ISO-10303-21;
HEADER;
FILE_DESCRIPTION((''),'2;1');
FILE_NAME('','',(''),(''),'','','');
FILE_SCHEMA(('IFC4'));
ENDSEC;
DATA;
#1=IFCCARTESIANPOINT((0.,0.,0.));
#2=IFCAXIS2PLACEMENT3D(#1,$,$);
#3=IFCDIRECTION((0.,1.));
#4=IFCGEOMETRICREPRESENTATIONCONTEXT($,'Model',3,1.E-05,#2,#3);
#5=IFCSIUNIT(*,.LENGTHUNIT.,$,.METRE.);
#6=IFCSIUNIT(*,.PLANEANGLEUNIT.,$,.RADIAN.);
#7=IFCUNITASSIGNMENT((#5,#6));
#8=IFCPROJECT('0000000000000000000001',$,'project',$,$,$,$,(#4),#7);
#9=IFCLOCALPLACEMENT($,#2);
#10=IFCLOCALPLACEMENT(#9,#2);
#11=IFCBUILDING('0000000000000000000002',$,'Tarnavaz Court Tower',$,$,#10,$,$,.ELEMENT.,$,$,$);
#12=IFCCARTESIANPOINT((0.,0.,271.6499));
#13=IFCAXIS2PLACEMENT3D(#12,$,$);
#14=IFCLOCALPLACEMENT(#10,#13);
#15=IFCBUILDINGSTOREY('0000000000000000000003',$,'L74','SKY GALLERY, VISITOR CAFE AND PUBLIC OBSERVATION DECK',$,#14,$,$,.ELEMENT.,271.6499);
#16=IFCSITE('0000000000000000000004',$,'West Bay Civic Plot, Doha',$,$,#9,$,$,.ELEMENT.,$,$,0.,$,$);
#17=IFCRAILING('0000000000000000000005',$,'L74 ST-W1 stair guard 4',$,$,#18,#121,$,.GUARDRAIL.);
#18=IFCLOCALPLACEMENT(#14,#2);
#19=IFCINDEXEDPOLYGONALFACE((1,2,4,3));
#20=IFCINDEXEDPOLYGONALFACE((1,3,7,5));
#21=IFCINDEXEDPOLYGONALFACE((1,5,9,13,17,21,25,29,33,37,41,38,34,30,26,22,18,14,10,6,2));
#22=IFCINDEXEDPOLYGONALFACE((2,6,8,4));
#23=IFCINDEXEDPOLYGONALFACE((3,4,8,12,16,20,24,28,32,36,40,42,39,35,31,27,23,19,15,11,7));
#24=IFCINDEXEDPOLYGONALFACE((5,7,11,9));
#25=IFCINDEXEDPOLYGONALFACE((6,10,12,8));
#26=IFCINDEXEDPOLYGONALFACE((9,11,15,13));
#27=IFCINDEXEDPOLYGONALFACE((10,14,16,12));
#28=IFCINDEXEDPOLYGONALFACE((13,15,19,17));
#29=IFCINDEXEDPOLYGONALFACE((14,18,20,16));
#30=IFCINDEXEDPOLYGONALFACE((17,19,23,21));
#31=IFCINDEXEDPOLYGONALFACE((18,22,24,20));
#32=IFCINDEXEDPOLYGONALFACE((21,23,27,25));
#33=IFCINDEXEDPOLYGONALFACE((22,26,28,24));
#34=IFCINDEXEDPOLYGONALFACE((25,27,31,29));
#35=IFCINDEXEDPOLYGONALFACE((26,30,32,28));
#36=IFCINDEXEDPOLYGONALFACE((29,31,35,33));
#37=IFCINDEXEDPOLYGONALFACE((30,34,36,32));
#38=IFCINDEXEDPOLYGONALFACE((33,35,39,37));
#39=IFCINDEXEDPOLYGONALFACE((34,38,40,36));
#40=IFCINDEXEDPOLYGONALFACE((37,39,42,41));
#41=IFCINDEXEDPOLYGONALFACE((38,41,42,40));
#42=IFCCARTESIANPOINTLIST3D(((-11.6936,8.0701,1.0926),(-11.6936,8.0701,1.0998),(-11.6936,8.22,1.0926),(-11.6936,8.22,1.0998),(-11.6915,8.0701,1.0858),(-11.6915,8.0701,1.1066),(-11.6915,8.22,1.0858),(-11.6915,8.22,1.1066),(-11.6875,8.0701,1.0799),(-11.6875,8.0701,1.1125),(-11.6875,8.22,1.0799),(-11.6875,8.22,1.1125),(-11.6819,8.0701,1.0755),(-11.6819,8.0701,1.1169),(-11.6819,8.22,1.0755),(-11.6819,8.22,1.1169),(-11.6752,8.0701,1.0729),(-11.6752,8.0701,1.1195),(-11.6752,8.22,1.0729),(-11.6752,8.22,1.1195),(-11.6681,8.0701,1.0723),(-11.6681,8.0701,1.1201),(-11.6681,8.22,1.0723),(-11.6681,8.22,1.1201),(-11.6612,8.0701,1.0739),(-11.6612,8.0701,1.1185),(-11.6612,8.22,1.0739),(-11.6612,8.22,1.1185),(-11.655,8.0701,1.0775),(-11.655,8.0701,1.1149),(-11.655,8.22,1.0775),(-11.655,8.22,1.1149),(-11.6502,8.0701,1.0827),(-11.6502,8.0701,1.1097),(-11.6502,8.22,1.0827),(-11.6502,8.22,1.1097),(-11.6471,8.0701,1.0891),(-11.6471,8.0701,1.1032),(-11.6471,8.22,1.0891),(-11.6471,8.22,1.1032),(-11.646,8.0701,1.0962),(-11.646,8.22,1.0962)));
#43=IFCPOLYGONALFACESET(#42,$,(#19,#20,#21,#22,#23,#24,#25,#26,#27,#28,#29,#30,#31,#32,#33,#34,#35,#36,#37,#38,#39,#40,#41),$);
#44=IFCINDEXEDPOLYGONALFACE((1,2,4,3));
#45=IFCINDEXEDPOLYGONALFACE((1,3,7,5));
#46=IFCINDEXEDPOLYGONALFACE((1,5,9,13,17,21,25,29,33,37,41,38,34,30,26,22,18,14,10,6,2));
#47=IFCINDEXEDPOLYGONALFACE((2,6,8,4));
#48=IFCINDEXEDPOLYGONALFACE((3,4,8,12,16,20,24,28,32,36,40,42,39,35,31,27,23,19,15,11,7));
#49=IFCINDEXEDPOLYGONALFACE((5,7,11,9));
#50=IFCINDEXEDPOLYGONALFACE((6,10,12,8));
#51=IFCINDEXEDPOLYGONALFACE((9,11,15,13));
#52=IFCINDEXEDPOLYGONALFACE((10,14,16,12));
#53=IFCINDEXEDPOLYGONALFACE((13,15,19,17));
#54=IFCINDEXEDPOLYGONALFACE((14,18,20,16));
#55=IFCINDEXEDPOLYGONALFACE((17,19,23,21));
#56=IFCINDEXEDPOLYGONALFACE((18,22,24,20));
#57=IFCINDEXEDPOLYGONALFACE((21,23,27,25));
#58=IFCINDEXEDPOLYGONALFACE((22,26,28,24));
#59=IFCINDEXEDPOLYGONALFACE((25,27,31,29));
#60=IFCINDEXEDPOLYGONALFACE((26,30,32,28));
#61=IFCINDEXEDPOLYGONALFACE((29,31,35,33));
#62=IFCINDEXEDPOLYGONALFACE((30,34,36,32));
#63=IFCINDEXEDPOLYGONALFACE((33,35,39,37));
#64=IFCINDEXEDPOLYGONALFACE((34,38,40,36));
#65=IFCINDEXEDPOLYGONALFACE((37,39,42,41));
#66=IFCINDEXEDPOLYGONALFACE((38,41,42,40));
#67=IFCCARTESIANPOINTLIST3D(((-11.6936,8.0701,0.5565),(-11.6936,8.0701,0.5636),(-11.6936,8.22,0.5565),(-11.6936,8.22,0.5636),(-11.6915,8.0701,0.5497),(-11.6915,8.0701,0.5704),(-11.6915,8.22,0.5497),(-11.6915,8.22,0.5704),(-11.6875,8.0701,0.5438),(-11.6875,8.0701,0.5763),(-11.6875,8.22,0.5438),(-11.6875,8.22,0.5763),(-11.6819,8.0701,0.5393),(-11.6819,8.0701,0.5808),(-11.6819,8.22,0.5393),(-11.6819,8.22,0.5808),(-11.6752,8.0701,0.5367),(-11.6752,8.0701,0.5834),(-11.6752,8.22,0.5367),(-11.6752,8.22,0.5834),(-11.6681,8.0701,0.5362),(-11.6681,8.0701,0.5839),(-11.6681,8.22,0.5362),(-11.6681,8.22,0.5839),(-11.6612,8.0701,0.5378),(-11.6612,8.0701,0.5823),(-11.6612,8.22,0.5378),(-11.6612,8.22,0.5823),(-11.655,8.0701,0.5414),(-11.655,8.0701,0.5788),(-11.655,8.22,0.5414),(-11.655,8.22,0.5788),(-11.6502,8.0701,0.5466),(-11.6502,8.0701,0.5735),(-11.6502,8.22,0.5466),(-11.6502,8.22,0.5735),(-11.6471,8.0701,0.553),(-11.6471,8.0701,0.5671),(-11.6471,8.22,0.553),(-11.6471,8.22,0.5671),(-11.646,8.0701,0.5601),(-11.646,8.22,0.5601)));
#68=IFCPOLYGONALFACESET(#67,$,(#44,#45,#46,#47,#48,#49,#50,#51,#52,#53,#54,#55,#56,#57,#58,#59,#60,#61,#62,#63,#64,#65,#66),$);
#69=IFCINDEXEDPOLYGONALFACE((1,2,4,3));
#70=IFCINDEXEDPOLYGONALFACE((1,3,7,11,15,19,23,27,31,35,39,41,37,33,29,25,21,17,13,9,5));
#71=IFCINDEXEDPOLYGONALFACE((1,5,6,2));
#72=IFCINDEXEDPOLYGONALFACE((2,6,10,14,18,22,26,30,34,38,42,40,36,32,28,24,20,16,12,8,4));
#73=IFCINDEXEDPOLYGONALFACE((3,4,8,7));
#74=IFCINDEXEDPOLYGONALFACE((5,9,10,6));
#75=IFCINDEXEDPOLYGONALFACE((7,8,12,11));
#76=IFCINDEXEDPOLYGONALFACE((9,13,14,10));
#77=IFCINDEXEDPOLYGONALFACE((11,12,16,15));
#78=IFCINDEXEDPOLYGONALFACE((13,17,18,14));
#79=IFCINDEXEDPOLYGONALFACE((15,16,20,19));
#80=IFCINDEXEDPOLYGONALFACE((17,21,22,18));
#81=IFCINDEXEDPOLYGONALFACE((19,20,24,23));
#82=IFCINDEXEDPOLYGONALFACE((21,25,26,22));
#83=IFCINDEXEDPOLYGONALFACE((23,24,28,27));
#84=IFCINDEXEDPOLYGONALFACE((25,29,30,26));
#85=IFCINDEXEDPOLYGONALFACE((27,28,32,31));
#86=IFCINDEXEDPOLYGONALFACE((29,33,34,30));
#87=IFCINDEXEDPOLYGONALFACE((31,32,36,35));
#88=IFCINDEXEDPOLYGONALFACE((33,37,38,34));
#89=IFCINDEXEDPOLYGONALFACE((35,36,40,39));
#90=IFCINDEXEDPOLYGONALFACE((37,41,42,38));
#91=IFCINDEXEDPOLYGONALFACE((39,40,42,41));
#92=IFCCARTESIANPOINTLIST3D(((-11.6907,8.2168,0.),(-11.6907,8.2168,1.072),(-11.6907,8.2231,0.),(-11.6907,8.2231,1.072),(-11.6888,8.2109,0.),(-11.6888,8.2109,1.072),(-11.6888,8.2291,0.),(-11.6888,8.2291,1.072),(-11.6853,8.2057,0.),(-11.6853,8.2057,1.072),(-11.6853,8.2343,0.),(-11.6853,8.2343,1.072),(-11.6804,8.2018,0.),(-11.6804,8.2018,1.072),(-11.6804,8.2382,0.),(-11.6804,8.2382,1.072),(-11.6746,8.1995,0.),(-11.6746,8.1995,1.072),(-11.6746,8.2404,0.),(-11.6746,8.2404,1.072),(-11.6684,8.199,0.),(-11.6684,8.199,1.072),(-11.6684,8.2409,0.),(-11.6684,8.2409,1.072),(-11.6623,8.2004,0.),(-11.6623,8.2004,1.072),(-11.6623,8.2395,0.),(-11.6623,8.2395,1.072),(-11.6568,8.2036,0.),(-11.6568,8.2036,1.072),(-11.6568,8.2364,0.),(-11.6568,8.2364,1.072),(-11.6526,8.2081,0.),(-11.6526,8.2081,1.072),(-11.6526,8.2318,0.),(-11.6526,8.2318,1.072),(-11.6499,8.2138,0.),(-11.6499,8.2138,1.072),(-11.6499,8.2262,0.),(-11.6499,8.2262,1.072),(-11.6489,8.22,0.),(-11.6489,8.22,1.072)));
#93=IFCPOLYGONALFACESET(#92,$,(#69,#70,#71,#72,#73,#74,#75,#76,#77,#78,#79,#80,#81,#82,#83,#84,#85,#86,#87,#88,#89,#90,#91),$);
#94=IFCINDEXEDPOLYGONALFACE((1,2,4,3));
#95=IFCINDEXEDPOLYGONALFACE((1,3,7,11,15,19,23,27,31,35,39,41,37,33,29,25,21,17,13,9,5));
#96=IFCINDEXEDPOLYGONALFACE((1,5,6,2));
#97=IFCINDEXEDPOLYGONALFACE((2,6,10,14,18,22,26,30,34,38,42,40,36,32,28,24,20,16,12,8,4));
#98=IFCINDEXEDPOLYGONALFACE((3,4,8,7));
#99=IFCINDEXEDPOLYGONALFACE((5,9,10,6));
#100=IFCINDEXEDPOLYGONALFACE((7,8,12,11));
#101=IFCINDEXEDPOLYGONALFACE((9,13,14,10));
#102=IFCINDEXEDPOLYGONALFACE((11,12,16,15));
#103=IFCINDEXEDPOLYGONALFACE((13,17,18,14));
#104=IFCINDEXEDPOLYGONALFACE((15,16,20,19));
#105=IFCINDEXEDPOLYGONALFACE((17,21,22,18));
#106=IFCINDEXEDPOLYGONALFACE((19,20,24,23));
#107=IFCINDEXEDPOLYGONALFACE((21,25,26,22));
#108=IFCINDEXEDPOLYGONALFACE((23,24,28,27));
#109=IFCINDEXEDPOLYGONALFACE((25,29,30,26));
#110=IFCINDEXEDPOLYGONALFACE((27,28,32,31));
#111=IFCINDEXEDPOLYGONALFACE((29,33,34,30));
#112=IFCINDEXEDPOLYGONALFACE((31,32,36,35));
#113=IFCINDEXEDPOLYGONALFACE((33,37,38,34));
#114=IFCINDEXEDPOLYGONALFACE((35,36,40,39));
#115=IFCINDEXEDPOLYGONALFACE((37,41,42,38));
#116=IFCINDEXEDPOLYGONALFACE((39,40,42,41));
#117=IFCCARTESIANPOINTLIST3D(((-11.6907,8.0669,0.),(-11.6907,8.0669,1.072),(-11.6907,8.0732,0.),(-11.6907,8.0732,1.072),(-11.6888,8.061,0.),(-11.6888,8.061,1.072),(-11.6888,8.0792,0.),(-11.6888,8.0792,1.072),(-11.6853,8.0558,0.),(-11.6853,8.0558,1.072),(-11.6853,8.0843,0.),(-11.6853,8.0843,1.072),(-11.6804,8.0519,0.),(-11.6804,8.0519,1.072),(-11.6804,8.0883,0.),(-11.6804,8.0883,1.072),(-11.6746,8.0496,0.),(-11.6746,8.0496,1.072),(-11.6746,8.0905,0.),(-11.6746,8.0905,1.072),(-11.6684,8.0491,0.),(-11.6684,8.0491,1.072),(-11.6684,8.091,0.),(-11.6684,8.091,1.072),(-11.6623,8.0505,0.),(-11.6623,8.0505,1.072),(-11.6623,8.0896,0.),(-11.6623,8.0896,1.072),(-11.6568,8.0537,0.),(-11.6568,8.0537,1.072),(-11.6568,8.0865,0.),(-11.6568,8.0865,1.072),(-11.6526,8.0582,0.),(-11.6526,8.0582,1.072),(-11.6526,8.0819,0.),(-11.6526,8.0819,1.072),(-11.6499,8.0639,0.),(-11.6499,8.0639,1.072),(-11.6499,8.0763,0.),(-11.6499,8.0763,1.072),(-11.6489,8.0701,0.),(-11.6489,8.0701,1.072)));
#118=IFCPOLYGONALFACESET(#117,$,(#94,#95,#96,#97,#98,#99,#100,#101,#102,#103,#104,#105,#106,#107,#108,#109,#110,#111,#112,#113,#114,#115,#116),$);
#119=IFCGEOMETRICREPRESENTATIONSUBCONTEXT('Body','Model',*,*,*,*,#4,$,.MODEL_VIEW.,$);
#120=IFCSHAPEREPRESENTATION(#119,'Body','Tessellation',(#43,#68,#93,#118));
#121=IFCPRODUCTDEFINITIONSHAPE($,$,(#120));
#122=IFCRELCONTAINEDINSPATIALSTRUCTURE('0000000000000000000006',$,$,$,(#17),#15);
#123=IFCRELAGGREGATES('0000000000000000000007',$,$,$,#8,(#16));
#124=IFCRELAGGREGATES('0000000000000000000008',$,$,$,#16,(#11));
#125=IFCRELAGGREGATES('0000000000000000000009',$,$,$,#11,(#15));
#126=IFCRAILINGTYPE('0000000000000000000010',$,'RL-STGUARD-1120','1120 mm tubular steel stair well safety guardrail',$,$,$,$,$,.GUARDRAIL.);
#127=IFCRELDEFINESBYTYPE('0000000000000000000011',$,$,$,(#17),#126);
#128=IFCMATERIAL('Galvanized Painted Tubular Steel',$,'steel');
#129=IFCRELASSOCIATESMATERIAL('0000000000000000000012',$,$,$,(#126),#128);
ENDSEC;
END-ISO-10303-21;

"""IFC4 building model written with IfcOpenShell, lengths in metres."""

from ifc_helpers import new_model, si_unit, direction, frame, origin, origin_2d, place, context, subcontext, project, spatial, circle, extrude, material, type_object, element, save


model = new_model("IFC4")

# Units and contexts
model_context = context("Model", 3, precision=1e-05, world=origin(), true_north=direction((0.0, 1.0)))
body_context = subcontext(model_context, "Body", "Model", "MODEL_VIEW")
ifc_project = project(units=[si_unit("LENGTHUNIT", "METRE"), si_unit("PLANEANGLEUNIT", "RADIAN")], contexts=[model_context])

# Site, building, storey
site_placement = place(None, origin())
site = spatial("IfcSite", under=ifc_project, at=site_placement, Name="West Bay Civic Plot, Doha", CompositionType="ELEMENT", RefElevation=0.0)
building_placement = place(site_placement, origin())
building = spatial("IfcBuilding", under=site, at=building_placement, Name="Tarnavaz Court Tower", CompositionType="ELEMENT")
storey_placement = place(building_placement, frame((0.0, 0.0, 271.6499)))
storey = spatial("IfcBuildingStorey", under=building, at=storey_placement, Name="L74", Description="SKY GALLERY, VISITOR CAFE AND PUBLIC OBSERVATION DECK", CompositionType="ELEMENT", Elevation=271.6499)

# Railing
ifc_material_1 = material(Name="Galvanized Painted Tubular Steel", Category="steel")
railing_type_1 = type_object("IfcRailingType", Name="RL-STGUARD-1120", Description="1120 mm tubular steel stair well safety guardrail", PredefinedType="GUARDRAIL", material=ifc_material_1)
railing_1_placement = place(storey_placement, frame((-11.6699, 8.22, 0.0)))
element("IfcRailing", 1, at=railing_1_placement, inside=storey, type_object=railing_type_1, Name="L74 ST-W1 stair guard 4", PredefinedType="GUARDRAIL", context=body_context, shape_type="SweptSolid", body=[
    extrude(circle(Radius=0.0239, at=origin_2d()), frame((0.0, 0.0, 1.0962), z_axis=(0.0, -1.0, 0.0), x_axis=(1.0, 0.0, 0.0)), (0.0, 0.0, 1.0), 0.1499),
    extrude(circle(Radius=0.0239, at=origin_2d()), frame((0.0, 0.0, 0.5601), z_axis=(0.0, -1.0, 0.0), x_axis=(1.0, 0.0, 0.0)), (0.0, 0.0, 1.0), 0.1499),
    extrude(circle(Radius=0.021, at=origin_2d()), origin(), (0.0, 0.0, 1.0), 1.072),
    extrude(circle(Radius=0.021, at=origin_2d()), frame((0.0, -0.1499, 0.0)), (0.0, 0.0, 1.0), 1.072),
])

save(model, "model.ifc")
